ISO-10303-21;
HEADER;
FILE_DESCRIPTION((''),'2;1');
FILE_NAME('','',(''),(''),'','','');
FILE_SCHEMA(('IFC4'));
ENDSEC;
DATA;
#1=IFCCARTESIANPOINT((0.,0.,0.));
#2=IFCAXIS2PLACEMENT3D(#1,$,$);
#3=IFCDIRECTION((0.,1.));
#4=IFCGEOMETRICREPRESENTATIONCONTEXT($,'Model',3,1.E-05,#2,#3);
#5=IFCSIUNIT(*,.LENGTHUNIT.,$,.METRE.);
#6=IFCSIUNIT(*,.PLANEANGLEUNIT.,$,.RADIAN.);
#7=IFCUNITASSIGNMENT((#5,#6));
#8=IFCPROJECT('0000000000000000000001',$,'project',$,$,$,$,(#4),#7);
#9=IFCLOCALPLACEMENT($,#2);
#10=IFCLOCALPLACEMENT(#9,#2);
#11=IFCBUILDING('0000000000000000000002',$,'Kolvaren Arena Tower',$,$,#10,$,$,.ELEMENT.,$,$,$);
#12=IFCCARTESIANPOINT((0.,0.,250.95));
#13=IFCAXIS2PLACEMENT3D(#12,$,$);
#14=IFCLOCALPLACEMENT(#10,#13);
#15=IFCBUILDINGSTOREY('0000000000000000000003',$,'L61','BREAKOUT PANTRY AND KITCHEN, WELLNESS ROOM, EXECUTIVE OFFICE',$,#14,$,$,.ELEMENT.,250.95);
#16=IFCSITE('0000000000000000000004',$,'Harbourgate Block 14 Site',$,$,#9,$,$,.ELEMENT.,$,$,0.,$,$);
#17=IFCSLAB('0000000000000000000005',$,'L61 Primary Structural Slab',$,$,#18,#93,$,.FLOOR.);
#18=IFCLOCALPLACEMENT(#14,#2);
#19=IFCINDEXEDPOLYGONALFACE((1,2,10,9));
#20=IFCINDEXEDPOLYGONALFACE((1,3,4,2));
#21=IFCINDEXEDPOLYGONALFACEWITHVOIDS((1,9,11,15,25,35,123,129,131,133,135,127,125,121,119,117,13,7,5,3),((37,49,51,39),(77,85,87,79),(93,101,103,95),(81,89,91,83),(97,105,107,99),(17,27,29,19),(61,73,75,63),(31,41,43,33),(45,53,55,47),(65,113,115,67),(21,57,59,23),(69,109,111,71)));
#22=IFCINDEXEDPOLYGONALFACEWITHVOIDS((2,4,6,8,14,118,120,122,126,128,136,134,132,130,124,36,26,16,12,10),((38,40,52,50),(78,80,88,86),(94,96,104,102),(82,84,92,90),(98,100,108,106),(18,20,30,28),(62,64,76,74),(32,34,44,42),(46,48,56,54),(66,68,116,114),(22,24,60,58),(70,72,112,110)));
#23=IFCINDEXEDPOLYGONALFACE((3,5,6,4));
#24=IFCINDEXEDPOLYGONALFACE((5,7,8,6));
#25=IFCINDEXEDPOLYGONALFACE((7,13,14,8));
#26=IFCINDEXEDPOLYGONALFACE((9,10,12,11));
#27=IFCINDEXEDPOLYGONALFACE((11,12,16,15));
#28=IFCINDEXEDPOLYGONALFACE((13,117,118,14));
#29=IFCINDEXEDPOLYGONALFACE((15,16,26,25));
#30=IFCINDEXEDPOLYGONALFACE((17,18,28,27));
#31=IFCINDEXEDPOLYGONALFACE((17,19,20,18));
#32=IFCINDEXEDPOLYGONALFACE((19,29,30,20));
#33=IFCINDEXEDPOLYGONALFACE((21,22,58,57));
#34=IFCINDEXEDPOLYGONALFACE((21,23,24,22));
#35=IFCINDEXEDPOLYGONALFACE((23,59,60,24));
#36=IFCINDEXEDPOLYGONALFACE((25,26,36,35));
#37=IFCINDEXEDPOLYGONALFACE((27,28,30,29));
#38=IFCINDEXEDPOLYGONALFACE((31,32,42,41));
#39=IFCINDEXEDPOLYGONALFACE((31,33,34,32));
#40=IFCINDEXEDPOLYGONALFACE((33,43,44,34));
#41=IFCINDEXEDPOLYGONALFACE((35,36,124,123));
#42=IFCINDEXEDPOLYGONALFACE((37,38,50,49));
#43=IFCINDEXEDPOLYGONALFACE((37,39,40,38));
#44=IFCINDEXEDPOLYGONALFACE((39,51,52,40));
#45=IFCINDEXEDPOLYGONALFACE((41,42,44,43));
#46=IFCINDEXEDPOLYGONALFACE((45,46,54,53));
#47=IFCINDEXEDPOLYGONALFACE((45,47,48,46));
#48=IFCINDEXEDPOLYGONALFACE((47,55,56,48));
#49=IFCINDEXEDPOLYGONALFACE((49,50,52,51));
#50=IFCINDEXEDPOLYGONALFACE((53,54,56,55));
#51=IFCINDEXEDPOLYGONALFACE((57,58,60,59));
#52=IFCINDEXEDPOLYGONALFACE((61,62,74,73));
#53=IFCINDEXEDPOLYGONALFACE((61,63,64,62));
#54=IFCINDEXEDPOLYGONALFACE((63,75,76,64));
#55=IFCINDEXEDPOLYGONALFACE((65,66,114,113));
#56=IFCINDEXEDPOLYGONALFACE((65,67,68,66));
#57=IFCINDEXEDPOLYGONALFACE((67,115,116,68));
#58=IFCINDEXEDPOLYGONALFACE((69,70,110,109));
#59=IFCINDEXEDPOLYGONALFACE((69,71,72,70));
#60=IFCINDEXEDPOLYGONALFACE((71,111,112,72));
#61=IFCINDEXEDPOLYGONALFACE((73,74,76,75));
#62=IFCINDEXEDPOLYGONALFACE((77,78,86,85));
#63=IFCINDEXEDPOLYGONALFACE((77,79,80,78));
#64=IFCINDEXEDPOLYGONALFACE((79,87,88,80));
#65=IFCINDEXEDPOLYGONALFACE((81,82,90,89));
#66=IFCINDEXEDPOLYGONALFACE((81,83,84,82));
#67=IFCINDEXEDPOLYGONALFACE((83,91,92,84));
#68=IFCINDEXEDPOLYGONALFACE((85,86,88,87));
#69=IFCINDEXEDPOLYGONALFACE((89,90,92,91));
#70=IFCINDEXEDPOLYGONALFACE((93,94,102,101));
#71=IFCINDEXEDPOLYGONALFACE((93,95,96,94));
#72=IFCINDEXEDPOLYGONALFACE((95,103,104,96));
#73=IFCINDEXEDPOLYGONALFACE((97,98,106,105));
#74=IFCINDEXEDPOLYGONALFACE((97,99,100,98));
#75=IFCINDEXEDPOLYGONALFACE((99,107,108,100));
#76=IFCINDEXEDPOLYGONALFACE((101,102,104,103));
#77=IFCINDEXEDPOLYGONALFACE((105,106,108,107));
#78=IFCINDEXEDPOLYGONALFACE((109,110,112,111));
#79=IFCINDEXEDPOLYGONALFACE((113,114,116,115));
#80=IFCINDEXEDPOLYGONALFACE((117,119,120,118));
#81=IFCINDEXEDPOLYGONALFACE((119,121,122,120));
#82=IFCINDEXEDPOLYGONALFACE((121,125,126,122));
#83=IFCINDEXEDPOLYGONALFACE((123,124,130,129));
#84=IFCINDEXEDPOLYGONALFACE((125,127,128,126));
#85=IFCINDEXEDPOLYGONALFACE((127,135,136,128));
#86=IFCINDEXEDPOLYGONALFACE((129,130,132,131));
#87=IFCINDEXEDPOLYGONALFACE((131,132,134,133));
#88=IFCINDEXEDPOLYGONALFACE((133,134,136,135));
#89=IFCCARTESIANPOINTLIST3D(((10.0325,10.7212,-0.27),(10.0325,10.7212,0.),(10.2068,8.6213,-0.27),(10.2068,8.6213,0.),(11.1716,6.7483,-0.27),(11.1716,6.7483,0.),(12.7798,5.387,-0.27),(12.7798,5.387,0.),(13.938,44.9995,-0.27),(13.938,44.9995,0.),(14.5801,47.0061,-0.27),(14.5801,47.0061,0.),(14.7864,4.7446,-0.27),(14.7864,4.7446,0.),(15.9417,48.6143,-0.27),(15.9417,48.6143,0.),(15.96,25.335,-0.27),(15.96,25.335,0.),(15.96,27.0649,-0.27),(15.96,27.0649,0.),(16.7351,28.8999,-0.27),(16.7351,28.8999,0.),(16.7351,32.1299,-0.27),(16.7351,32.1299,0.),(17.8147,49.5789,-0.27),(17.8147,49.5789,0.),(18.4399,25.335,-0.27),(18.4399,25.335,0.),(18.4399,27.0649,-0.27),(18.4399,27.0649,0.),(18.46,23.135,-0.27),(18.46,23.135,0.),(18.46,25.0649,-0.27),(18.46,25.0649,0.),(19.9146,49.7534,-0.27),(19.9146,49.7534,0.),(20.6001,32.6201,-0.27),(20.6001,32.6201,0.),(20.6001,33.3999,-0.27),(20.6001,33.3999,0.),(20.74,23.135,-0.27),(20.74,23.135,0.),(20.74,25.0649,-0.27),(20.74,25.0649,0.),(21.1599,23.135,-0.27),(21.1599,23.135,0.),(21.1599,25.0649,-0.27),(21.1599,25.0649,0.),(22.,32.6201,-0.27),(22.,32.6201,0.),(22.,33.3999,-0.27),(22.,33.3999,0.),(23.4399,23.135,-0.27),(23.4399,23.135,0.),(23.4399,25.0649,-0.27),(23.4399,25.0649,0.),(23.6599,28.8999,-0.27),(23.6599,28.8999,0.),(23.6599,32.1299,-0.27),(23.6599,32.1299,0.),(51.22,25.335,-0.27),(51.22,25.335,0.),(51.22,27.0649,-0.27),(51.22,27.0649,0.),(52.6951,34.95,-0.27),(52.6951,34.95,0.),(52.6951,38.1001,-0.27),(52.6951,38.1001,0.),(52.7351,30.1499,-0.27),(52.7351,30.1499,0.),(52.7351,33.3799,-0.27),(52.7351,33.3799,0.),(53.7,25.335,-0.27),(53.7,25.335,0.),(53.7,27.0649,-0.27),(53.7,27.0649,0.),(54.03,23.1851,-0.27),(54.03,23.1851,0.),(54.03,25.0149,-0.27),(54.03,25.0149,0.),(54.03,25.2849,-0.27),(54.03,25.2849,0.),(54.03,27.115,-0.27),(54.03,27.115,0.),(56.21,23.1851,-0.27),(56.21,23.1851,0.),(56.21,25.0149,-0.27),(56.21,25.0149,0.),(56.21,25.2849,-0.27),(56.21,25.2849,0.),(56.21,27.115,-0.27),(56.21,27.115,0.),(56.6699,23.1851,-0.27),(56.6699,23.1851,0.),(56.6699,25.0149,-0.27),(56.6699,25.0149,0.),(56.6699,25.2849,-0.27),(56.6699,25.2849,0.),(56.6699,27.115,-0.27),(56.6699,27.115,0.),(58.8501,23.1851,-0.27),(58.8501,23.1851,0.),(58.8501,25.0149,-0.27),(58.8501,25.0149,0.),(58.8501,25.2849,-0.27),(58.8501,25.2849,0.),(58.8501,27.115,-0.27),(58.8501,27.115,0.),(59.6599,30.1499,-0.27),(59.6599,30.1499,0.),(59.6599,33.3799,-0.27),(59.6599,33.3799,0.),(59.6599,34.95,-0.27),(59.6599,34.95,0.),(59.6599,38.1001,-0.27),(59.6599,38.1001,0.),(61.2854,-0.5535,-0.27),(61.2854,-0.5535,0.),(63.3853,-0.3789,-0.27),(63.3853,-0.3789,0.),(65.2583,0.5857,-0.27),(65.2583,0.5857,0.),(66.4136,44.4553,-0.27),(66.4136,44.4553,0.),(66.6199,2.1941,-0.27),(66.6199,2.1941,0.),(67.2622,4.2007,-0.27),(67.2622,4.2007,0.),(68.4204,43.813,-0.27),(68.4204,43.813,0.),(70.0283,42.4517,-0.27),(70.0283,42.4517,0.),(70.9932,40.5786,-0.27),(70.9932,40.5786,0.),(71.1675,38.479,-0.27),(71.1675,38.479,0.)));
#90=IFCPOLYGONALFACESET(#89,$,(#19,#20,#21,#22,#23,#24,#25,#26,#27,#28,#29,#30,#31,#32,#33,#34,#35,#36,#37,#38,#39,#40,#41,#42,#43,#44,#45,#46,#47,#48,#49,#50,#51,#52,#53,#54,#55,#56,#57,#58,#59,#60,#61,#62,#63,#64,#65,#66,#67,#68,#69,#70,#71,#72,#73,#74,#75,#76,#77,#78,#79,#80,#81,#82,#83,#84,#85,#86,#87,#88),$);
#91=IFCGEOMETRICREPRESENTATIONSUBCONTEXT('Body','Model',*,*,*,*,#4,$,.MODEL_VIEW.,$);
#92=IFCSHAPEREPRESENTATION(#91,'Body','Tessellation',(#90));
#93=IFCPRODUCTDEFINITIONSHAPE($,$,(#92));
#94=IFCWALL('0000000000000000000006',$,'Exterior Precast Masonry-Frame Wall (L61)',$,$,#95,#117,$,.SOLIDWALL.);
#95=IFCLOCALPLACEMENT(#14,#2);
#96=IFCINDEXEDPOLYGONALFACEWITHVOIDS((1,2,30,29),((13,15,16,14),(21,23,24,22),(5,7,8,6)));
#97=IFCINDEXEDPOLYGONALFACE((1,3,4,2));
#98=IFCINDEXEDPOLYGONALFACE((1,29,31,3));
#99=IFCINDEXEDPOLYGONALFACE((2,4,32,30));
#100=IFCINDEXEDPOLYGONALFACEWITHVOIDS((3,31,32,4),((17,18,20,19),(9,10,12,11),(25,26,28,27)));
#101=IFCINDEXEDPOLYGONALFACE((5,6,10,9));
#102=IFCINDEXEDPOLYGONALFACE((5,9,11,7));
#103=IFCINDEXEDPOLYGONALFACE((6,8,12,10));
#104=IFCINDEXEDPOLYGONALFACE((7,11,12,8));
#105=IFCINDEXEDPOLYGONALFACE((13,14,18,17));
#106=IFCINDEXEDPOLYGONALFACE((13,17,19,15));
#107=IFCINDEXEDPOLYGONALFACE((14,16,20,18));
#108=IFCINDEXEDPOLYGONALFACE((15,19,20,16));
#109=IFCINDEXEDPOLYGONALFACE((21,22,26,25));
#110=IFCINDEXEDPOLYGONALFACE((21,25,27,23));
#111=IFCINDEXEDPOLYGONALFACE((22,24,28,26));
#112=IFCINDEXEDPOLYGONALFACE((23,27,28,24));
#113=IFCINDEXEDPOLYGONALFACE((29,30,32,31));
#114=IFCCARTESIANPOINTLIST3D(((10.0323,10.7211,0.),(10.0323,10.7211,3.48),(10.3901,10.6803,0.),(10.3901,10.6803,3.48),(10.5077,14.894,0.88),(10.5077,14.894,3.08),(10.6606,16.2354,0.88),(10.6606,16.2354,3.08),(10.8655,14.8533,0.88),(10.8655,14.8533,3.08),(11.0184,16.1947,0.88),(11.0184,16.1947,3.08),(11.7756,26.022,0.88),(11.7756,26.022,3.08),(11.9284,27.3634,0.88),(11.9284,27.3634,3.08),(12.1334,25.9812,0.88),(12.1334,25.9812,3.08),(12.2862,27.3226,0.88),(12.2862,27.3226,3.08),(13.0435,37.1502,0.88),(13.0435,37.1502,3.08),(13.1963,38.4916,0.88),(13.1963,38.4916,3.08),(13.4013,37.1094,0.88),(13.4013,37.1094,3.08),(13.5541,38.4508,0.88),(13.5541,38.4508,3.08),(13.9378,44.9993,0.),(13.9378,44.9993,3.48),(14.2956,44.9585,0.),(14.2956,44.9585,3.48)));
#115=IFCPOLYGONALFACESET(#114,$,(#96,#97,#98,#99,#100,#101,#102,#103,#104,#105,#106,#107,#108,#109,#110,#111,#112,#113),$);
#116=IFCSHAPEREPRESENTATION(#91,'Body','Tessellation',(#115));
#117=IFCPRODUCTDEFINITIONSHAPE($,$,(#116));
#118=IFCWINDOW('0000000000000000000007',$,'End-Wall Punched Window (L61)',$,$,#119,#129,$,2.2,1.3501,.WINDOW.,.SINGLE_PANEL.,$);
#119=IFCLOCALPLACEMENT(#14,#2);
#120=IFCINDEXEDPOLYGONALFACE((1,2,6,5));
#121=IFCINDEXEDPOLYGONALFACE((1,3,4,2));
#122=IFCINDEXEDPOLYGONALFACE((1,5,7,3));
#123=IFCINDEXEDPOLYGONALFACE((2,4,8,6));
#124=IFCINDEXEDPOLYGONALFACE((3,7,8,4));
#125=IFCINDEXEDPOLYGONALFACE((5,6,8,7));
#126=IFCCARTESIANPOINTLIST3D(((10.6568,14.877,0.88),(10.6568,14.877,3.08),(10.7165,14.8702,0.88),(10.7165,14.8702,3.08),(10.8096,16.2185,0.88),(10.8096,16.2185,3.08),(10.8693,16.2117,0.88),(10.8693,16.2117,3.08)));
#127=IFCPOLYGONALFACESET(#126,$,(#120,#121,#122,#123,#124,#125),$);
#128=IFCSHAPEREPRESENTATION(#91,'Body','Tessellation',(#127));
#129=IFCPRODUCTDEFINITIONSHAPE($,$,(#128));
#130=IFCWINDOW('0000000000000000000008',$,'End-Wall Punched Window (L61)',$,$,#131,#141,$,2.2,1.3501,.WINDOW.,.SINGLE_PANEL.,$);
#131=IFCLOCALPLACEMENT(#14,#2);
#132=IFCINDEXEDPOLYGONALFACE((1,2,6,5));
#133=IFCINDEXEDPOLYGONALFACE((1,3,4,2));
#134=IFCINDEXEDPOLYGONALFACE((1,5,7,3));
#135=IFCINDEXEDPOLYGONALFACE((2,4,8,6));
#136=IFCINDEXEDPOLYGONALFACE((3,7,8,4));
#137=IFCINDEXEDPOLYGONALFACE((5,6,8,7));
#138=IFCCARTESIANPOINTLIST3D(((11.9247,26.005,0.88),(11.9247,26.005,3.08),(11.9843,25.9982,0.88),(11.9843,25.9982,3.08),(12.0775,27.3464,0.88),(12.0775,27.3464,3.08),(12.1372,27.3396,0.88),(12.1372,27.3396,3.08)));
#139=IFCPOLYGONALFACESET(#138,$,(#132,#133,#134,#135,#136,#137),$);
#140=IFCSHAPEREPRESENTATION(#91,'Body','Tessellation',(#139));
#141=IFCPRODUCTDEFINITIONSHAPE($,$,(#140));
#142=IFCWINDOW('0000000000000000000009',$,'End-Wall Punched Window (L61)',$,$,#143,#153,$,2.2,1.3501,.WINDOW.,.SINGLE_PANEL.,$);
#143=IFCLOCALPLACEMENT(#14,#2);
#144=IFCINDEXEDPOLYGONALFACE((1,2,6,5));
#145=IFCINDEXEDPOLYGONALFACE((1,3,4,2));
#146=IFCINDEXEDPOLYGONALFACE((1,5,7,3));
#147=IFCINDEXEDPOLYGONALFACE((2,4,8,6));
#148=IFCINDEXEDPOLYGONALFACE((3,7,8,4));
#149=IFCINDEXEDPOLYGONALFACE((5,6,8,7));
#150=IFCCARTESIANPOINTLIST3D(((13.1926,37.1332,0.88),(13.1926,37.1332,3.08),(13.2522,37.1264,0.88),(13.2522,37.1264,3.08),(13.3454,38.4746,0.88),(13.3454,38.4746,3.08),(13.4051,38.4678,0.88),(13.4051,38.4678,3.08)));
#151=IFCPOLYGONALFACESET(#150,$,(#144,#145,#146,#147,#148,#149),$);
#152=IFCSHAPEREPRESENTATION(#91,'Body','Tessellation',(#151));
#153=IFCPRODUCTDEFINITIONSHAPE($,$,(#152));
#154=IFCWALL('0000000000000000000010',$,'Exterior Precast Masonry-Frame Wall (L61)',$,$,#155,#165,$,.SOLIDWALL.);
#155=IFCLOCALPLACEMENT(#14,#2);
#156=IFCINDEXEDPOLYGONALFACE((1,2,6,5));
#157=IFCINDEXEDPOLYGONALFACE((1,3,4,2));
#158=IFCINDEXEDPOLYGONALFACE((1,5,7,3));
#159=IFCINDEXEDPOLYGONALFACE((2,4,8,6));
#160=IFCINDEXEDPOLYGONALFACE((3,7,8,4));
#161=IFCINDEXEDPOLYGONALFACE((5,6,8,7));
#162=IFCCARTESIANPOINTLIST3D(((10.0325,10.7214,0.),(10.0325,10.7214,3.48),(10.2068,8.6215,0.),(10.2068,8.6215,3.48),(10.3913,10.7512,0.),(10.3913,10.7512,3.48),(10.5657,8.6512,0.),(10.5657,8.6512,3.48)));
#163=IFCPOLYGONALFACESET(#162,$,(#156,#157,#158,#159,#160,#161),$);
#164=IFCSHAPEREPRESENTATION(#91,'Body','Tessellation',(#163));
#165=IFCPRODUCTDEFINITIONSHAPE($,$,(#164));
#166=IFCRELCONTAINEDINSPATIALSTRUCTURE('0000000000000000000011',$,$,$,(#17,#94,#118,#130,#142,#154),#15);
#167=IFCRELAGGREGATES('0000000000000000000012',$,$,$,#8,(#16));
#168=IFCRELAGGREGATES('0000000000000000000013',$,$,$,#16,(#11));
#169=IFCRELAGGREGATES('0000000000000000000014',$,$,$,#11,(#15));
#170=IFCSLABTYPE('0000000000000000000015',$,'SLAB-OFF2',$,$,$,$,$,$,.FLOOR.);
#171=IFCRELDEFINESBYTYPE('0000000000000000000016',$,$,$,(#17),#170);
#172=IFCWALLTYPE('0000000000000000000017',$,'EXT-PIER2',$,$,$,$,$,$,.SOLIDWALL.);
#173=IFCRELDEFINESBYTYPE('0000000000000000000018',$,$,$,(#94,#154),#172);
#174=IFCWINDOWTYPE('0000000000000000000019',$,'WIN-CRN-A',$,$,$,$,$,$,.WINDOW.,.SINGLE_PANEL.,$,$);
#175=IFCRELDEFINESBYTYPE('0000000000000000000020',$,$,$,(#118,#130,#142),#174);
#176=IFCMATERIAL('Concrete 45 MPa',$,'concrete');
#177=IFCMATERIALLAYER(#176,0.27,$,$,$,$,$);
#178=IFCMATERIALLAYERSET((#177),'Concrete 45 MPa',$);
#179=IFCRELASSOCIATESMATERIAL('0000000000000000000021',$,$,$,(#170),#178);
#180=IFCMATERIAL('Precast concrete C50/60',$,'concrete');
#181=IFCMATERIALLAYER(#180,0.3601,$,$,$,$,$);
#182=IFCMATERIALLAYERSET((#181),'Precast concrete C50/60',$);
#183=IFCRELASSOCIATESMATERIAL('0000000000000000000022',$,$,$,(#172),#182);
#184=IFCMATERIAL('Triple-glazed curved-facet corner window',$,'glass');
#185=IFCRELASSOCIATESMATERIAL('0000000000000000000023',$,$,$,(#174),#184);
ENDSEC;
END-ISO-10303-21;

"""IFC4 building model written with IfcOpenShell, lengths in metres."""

from ifc_helpers import new_model, si_unit, direction, frame, frame_2d, origin, place, context, subcontext, project, spatial, polyline, rectangle, outline, extrude, material, layer, layer_set, type_object, element, fill, save


model = new_model("IFC4")

# Units and contexts
model_context = context("Model", 3, precision=1e-05, world=origin(), true_north=direction((0.0, 1.0)))
body_context = subcontext(model_context, "Body", "Model", "MODEL_VIEW")
ifc_project = project(units=[si_unit("LENGTHUNIT", "METRE"), si_unit("PLANEANGLEUNIT", "RADIAN")], contexts=[model_context])

# Site, building, storey
site_placement = place(None, origin())
site = spatial("IfcSite", under=ifc_project, at=site_placement, Name="Harbourgate Block 14 Site", CompositionType="ELEMENT", RefElevation=0.0)
building_placement = place(site_placement, origin())
building = spatial("IfcBuilding", under=site, at=building_placement, Name="Kolvaren Arena Tower", CompositionType="ELEMENT")
storey_placement = place(building_placement, frame((0.0, 0.0, 250.95)))
storey = spatial("IfcBuildingStorey", under=building, at=storey_placement, Name="L61", Description="BREAKOUT PANTRY AND KITCHEN, WELLNESS ROOM, EXECUTIVE OFFICE", CompositionType="ELEMENT", Elevation=250.95)

# Shared definitions
ifc_material_1 = material(Name="Concrete 45 MPa", Category="concrete")

# Slab
ifc_layer_1 = layer(ifc_material_1, 0.27)
ifc_layer_set_1 = layer_set([ifc_layer_1], Name="Concrete 45 MPa")
slab_type_1 = type_object("IfcSlabType", Name="SLAB-OFF2", PredefinedType="FLOOR", material=ifc_layer_set_1)
slab_1_placement = place(storey_placement, frame((0.0, 0.0, -0.27)))
element("IfcSlab", 1, at=slab_1_placement, inside=storey, type_object=slab_type_1, Name="L61 Primary Structural Slab", PredefinedType="FLOOR", context=body_context, shape_type="SweptSolid", body=[
    extrude(outline(polyline([(61.2854, -0.5535), (63.3853, -0.3789), (65.2583, 0.5857), (66.6199, 2.1941), (67.2622, 4.2007), (71.1675, 38.479), (70.9932, 40.5786), (70.0283, 42.4517), (68.4204, 43.813), (66.4136, 44.4553), (19.9146, 49.7534), (17.8147, 49.5789), (15.9417, 48.6143), (14.5801, 47.0061), (13.938, 44.9995), (10.0325, 10.7212), (10.2068, 8.6213), (11.1716, 6.7483), (12.7798, 5.387), (14.7864, 4.7446), (61.2854, -0.5535)]), holes=[polyline([(20.74, 23.135), (18.46, 23.135), (18.46, 25.0649), (20.74, 25.0649), (20.74, 23.135)]), polyline([(21.1599, 23.135), (21.1599, 25.0649), (23.4399, 25.0649), (23.4399, 23.135), (21.1599, 23.135)]), polyline([(56.21, 23.1851), (54.03, 23.1851), (54.03, 25.0149), (56.21, 25.0149), (56.21, 23.1851)]), polyline([(56.6699, 23.1851), (56.6699, 25.0149), (58.8501, 25.0149), (58.8501, 23.1851), (56.6699, 23.1851)]), polyline([(54.03, 25.2849), (54.03, 27.115), (56.21, 27.115), (56.21, 25.2849), (54.03, 25.2849)]), polyline([(58.8501, 25.2849), (56.6699, 25.2849), (56.6699, 27.115), (58.8501, 27.115), (58.8501, 25.2849)]), polyline([(15.96, 25.335), (15.96, 27.0649), (18.4399, 27.0649), (18.4399, 25.335), (15.96, 25.335)]), polyline([(53.7, 25.335), (51.22, 25.335), (51.22, 27.0649), (53.7, 27.0649), (53.7, 25.335)]), polyline([(16.7351, 28.8999), (16.7351, 32.1299), (23.6599, 32.1299), (23.6599, 28.8999), (16.7351, 28.8999)]), polyline([(52.7351, 30.1499), (52.7351, 33.3799), (59.6599, 33.3799), (59.6599, 30.1499), (52.7351, 30.1499)]), polyline([(20.6001, 32.6201), (20.6001, 33.3999), (22.0, 33.3999), (22.0, 32.6201), (20.6001, 32.6201)]), polyline([(52.6951, 34.95), (52.6951, 38.1001), (59.6599, 38.1001), (59.6599, 34.95), (52.6951, 34.95)])]), origin(), (0.0, 0.0, 1.0), 0.27),
])

# Wall, openings, windows
ifc_material_2 = material(Name="Precast concrete C50/60", Category="concrete")
ifc_layer_2 = layer(ifc_material_2, 0.3601)
ifc_layer_set_2 = layer_set([ifc_layer_2], Name="Precast concrete C50/60")
wall_type = type_object("IfcWallType", Name="EXT-PIER2", PredefinedType="SOLIDWALL", material=ifc_layer_set_2)
wall_1_placement = place(storey_placement, frame((10.2112, 10.7007, 0.0), z_axis=(0.0, 0.0, 1.0), x_axis=(0.113203, 0.993572, 0.0)))
wall_1 = element("IfcWall", 2, at=wall_1_placement, inside=storey, type_object=wall_type, Name="Exterior Precast Masonry-Frame Wall (L61)", PredefinedType="SOLIDWALL", context=body_context, shape_type="SweptSolid", body=[
    extrude(rectangle(XDim=34.5, YDim=0.3601, at=frame_2d((17.25, 0.0))), origin(), (0.0, 0.0, 1.0), 3.48),
])
opening_1_placement = place(wall_1_placement, frame((4.2, 0.0, 0.8799)))
opening_1 = element("IfcOpeningElement", 3, at=opening_1_placement, cuts=wall_1, PredefinedType="OPENING", context=body_context, shape_type="SweptSolid", body=[
    extrude(rectangle(XDim=1.3501, YDim=2.2, at=frame_2d((0.675, 1.1001))), frame((0.0, 0.1899, 0.0), z_axis=(0.0, -1.0, 0.0), x_axis=(1.0, 0.0, 0.0)), (0.0, 0.0, 1.0), 0.3801),
])
opening_2_placement = place(wall_1_placement, frame((15.3999, 0.0, 0.8799)))
opening_2 = element("IfcOpeningElement", 4, at=opening_2_placement, cuts=wall_1, PredefinedType="OPENING", context=body_context, shape_type="SweptSolid", body=[
    extrude(rectangle(XDim=1.3501, YDim=2.2, at=frame_2d((0.675, 1.1001))), frame((0.0, 0.1899, 0.0), z_axis=(0.0, -1.0, 0.0), x_axis=(1.0, 0.0, 0.0)), (0.0, 0.0, 1.0), 0.3801),
])
opening_3_placement = place(wall_1_placement, frame((26.6001, 0.0, 0.8799)))
opening_3 = element("IfcOpeningElement", 5, at=opening_3_placement, cuts=wall_1, PredefinedType="OPENING", context=body_context, shape_type="SweptSolid", body=[
    extrude(rectangle(XDim=1.3501, YDim=2.2, at=frame_2d((0.675, 1.1001))), frame((0.0, 0.1899, 0.0), z_axis=(0.0, -1.0, 0.0), x_axis=(1.0, 0.0, 0.0)), (0.0, 0.0, 1.0), 0.3801),
])
ifc_material_3 = material(Name="Triple-glazed curved-facet corner window", Category="glass")
window_type = type_object("IfcWindowType", Name="WIN-CRN-A", PartitioningType="SINGLE_PANEL", PredefinedType="WINDOW", material=ifc_material_3)
window_1_placement = place(opening_1_placement, origin())
window_1 = element("IfcWindow", 6, at=window_1_placement, inside=storey, type_object=window_type, Name="End-Wall Punched Window (L61)", OverallHeight=2.2, OverallWidth=1.3501, PartitioningType="SINGLE_PANEL", PredefinedType="WINDOW", context=body_context, shape_type="SweptSolid", body=[
    extrude(rectangle(XDim=1.3501, YDim=2.2, at=frame_2d((0.675, 1.1001))), frame((0.0, 0.03, 0.0), z_axis=(0.0, -1.0, 0.0), x_axis=(1.0, 0.0, 0.0)), (0.0, 0.0, 1.0), 0.0601),
])
fill(opening_1, window_1)
window_2_placement = place(opening_2_placement, origin())
window_2 = element("IfcWindow", 7, at=window_2_placement, inside=storey, type_object=window_type, Name="End-Wall Punched Window (L61)", OverallHeight=2.2, OverallWidth=1.3501, PartitioningType="SINGLE_PANEL", PredefinedType="WINDOW", context=body_context, shape_type="SweptSolid", body=[
    extrude(rectangle(XDim=1.3501, YDim=2.2, at=frame_2d((0.675, 1.1001))), frame((0.0, 0.03, 0.0), z_axis=(0.0, -1.0, 0.0), x_axis=(1.0, 0.0, 0.0)), (0.0, 0.0, 1.0), 0.0601),
])
fill(opening_2, window_2)
window_3_placement = place(opening_3_placement, origin())
window_3 = element("IfcWindow", 8, at=window_3_placement, inside=storey, type_object=window_type, Name="End-Wall Punched Window (L61)", OverallHeight=2.2, OverallWidth=1.3501, PartitioningType="SINGLE_PANEL", PredefinedType="WINDOW", context=body_context, shape_type="SweptSolid", body=[
    extrude(rectangle(XDim=1.3501, YDim=2.2, at=frame_2d((0.675, 1.1001))), frame((0.0, 0.03, 0.0), z_axis=(0.0, -1.0, 0.0), x_axis=(1.0, 0.0, 0.0)), (0.0, 0.0, 1.0), 0.0601),
])
fill(opening_3, window_3)

# Wall
wall_2_placement = place(storey_placement, frame((10.3862, 8.6362, 0.0), z_axis=(0.0, 0.0, 1.0), x_axis=(-0.082729, 0.996572, 0.0)))
element("IfcWall", 9, at=wall_2_placement, inside=storey, type_object=wall_type, Name="Exterior Precast Masonry-Frame Wall (L61)", PredefinedType="SOLIDWALL", context=body_context, shape_type="SweptSolid", body=[
    extrude(rectangle(XDim=2.1072, YDim=0.3601, at=frame_2d((1.0537, 0.0))), origin(), (0.0, 0.0, 1.0), 3.48),
])

save(model, "model.ifc")
